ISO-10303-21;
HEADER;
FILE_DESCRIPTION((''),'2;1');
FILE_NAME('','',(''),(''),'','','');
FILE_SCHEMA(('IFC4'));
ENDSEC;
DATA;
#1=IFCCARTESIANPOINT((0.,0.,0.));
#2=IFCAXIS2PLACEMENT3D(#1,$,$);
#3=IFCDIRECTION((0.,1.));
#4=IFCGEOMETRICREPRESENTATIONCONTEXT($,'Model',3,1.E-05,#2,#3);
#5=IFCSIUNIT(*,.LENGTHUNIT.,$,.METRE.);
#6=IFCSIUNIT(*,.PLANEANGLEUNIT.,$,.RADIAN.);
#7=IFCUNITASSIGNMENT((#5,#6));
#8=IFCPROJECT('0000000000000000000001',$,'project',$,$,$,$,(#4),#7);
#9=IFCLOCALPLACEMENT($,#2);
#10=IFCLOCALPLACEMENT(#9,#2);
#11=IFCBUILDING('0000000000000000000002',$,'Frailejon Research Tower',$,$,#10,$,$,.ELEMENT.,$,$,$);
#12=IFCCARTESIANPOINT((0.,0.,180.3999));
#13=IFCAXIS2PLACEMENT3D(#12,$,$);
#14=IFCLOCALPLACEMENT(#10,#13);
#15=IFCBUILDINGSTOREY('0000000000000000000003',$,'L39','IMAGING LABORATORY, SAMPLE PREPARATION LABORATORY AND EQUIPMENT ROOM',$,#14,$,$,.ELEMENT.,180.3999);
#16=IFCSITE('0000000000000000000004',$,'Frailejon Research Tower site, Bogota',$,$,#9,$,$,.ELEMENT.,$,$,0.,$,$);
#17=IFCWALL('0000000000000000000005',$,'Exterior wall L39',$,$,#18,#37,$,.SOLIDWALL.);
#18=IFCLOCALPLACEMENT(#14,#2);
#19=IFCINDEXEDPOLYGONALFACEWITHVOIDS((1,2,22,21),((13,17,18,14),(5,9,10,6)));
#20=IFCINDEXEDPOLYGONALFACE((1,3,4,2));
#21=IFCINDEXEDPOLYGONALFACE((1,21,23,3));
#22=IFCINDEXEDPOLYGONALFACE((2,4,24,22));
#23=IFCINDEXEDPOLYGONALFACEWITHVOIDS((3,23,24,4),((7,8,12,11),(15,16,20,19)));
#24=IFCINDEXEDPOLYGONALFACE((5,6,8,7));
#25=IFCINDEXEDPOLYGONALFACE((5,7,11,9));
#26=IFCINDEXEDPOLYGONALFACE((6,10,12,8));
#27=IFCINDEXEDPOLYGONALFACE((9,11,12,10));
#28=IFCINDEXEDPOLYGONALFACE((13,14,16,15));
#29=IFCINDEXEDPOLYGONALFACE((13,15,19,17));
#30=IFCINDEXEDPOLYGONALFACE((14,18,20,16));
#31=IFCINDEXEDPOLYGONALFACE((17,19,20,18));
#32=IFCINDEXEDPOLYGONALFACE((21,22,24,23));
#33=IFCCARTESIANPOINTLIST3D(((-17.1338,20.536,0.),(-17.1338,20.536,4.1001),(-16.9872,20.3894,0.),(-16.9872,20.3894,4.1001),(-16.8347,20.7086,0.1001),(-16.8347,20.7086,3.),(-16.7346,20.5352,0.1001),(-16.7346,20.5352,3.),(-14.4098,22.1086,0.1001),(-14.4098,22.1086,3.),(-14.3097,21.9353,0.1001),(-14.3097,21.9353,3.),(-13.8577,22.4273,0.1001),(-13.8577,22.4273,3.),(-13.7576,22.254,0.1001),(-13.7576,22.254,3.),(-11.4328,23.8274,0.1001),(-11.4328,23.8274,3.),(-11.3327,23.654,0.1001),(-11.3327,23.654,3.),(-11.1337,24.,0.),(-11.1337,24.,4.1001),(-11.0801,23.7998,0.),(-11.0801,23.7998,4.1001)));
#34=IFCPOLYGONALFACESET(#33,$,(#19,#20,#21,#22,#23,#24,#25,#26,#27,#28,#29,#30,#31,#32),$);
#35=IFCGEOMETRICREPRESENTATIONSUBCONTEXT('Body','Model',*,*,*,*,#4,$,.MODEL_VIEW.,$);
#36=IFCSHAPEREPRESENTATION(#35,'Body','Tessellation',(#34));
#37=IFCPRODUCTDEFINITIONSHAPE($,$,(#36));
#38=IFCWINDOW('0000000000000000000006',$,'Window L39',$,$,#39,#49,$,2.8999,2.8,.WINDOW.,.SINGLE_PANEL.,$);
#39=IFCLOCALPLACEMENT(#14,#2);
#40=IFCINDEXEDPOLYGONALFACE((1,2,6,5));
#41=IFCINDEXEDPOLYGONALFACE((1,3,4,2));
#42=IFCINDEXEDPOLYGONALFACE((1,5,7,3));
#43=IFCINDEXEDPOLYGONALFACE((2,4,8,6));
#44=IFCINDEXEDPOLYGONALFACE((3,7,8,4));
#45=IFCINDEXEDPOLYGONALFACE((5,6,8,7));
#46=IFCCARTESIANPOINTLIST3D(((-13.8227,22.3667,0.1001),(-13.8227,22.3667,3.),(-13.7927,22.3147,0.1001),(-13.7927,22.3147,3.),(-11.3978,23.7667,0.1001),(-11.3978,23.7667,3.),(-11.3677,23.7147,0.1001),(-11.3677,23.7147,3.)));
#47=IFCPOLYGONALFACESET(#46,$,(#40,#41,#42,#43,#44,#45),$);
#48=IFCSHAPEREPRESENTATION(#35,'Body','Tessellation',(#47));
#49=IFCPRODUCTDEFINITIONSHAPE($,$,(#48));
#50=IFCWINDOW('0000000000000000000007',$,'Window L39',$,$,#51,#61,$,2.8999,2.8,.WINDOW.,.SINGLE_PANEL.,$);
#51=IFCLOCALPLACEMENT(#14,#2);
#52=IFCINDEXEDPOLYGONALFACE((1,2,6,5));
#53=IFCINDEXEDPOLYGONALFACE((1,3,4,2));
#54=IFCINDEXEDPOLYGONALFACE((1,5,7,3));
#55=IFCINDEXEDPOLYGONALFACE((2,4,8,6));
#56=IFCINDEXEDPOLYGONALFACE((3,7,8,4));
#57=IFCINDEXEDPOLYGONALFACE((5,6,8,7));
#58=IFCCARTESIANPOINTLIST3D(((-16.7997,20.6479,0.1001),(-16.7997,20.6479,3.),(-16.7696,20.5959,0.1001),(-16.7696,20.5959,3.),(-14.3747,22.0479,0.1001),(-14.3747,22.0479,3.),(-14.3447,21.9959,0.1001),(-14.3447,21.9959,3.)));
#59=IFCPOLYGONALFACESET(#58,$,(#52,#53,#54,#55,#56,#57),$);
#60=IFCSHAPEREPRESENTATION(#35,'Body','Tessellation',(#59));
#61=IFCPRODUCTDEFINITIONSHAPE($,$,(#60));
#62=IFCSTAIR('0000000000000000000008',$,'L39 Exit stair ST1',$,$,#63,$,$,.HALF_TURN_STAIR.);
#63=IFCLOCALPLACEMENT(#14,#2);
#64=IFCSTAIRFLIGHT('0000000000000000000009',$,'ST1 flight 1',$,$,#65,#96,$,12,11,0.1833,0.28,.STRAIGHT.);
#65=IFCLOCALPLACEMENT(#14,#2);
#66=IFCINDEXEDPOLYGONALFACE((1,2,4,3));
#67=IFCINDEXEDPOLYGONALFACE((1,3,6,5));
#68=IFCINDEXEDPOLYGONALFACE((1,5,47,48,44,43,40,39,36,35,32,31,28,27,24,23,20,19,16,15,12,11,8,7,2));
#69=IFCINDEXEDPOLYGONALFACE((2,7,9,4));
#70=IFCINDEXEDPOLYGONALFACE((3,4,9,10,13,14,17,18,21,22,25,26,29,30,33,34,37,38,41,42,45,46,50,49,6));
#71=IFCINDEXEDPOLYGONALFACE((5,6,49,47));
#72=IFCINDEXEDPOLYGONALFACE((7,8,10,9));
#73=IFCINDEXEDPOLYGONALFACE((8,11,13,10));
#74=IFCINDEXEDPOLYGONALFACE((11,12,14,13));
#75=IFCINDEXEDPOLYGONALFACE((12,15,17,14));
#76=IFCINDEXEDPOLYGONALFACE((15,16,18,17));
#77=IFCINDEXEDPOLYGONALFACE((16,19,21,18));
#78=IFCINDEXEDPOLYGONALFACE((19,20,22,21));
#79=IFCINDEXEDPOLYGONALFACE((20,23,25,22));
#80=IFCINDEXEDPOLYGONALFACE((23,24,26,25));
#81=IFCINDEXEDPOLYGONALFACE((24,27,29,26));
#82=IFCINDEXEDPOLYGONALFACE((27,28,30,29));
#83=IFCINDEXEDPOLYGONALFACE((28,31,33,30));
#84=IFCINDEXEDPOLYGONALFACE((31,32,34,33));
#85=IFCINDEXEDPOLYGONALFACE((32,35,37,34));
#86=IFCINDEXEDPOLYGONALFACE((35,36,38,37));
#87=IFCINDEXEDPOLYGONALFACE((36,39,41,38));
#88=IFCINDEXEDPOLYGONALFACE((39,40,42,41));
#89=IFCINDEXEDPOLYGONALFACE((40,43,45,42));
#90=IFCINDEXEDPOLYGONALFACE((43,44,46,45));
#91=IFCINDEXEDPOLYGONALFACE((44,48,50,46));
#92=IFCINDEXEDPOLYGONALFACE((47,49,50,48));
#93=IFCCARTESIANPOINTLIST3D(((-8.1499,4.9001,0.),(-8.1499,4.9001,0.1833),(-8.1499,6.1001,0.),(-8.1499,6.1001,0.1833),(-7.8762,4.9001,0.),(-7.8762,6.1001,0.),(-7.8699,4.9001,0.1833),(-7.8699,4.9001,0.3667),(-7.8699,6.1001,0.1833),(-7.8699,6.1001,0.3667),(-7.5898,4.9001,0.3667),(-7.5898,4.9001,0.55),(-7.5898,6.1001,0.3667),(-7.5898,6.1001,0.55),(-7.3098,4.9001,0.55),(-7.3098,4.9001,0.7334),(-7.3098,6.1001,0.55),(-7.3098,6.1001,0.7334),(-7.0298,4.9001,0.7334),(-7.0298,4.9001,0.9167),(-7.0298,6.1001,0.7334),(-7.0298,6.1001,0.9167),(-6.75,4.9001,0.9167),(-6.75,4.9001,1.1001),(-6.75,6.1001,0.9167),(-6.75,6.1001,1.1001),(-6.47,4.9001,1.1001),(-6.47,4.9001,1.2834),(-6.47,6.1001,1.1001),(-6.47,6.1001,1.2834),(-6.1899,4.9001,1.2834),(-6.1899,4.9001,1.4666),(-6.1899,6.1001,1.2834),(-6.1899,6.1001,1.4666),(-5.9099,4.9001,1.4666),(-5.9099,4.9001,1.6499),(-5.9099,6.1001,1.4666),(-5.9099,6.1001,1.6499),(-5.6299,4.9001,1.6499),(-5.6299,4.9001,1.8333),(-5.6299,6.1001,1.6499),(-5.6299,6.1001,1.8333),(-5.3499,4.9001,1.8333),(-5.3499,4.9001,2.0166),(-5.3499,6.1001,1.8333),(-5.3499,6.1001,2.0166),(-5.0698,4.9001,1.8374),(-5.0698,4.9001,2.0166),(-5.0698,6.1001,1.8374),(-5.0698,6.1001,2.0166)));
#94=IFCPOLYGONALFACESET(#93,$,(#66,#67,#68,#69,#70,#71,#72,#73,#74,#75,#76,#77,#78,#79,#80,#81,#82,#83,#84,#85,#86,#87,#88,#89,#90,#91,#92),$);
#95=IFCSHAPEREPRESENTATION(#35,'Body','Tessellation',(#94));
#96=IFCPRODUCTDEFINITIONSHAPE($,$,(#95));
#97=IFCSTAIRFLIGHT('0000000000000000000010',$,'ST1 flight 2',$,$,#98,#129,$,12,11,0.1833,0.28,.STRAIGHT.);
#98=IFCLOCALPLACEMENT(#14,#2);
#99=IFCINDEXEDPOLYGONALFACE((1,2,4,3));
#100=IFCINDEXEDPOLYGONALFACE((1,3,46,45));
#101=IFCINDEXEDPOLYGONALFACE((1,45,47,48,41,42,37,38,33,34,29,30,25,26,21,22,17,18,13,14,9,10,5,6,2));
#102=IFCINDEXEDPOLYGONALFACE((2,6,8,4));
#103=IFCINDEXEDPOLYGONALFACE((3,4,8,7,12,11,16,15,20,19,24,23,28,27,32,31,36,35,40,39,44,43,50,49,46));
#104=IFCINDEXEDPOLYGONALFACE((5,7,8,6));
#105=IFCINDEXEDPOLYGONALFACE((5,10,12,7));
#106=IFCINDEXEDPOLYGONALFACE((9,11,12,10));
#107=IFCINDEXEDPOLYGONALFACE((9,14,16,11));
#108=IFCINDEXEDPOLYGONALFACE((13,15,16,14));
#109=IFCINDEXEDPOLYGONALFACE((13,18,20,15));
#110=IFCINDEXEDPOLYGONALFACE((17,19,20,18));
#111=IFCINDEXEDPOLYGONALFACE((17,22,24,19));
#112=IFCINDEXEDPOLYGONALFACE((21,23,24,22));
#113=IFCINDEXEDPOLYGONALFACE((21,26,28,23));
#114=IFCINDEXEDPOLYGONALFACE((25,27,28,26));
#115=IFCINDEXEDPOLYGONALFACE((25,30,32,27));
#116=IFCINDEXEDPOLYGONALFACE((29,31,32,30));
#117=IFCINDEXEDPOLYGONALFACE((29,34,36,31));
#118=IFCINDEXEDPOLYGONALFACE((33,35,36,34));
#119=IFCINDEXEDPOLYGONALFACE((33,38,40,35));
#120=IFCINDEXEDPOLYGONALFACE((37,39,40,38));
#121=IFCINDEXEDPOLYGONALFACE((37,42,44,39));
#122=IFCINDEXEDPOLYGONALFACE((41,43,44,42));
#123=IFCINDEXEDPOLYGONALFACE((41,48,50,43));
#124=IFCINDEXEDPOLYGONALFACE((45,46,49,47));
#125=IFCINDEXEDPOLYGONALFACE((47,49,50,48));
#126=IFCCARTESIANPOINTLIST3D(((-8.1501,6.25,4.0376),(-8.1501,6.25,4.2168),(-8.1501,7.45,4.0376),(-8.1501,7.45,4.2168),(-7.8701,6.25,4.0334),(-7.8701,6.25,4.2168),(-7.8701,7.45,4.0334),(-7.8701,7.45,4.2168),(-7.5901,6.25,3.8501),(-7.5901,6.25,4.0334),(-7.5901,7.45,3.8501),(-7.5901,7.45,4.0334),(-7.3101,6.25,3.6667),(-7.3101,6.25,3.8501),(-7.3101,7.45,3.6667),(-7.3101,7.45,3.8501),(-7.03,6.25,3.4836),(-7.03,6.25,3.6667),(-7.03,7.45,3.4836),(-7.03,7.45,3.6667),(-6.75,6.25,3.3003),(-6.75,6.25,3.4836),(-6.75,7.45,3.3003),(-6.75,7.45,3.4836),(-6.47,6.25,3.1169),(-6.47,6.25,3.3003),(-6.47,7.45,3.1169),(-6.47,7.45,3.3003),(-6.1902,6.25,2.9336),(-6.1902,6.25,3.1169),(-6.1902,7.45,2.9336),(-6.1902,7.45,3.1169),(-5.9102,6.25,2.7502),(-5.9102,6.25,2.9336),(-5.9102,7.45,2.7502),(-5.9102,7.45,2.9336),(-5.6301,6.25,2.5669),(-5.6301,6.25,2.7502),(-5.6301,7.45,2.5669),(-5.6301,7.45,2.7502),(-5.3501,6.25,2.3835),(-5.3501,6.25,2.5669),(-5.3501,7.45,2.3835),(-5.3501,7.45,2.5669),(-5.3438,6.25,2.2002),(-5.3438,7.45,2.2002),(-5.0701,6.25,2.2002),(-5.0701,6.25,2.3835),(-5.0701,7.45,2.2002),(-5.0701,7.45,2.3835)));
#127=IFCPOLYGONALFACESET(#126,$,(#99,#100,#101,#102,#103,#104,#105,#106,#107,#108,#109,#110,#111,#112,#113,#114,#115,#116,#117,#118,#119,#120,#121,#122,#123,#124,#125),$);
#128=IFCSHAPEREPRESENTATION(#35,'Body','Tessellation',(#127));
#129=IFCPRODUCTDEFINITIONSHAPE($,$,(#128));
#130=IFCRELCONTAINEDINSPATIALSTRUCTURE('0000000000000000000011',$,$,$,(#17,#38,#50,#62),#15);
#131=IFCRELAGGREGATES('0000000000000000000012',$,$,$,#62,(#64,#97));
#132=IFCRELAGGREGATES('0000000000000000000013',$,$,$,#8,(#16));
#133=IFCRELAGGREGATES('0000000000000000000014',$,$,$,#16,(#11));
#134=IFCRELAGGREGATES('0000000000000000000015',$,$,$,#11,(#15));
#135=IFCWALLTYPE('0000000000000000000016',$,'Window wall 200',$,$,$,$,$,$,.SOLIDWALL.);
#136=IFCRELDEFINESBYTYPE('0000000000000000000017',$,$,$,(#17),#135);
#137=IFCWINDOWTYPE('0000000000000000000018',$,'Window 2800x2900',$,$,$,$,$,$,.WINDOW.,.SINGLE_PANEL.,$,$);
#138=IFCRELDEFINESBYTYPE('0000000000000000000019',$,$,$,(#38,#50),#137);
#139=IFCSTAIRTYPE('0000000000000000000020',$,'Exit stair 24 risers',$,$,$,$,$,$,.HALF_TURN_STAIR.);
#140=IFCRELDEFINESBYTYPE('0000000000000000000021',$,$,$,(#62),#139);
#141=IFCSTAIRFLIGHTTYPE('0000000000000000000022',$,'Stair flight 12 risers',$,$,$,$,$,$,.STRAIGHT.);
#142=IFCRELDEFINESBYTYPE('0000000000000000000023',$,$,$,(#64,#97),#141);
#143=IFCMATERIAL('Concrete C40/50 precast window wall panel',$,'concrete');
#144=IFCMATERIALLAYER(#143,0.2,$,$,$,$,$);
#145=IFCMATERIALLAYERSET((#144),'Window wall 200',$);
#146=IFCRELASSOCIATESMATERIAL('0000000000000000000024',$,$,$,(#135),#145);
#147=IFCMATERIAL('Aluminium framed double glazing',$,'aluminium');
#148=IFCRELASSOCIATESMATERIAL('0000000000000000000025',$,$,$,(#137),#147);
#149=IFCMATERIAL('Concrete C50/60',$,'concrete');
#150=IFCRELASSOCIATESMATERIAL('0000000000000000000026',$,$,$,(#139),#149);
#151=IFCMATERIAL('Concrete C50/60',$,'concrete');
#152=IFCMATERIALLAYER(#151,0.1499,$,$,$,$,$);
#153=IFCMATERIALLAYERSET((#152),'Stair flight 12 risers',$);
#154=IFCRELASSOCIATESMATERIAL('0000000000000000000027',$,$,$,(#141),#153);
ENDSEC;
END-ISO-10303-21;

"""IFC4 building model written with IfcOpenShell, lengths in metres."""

from ifc_helpers import new_model, si_unit, direction, frame, frame_2d, origin, place, context, subcontext, project, spatial, polyline, rectangle, outline, extrude, material, layer, layer_set, type_object, element, fill, aggregate, save


model = new_model("IFC4")

# Units and contexts
model_context = context("Model", 3, precision=1e-05, world=origin(), true_north=direction((0.0, 1.0)))
body_context = subcontext(model_context, "Body", "Model", "MODEL_VIEW")
ifc_project = project(units=[si_unit("LENGTHUNIT", "METRE"), si_unit("PLANEANGLEUNIT", "RADIAN")], contexts=[model_context])

# Site, building, storey
site_placement = place(None, origin())
site = spatial("IfcSite", under=ifc_project, at=site_placement, Name="Frailejon Research Tower site, Bogota", CompositionType="ELEMENT", RefElevation=0.0)
building_placement = place(site_placement, origin())
building = spatial("IfcBuilding", under=site, at=building_placement, Name="Frailejon Research Tower", CompositionType="ELEMENT")
storey_placement = place(building_placement, frame((0.0, 0.0, 180.3999)))
storey = spatial("IfcBuildingStorey", under=building, at=storey_placement, Name="L39", Description="IMAGING LABORATORY, SAMPLE PREPARATION LABORATORY AND EQUIPMENT ROOM", CompositionType="ELEMENT", Elevation=180.3999)

# Wall, openings, windows
ifc_material_1 = material(Name="Concrete C40/50 precast window wall panel", Category="concrete")
ifc_layer_1 = layer(ifc_material_1, 0.2)
ifc_layer_set_1 = layer_set([ifc_layer_1], Name="Window wall 200")
wall_type_1 = type_object("IfcWallType", Name="Window wall 200", PredefinedType="SOLIDWALL", material=ifc_layer_set_1)
wall_1_placement = place(storey_placement, frame((-11.1069, 23.8999, 0.0), z_axis=(0.0, 0.0, 1.0), x_axis=(-0.866029, -0.499993, 0.0)))
wall_1 = element("IfcWall", 1, at=wall_1_placement, inside=storey, type_object=wall_type_1, Name="Exterior wall L39", PredefinedType="SOLIDWALL", context=body_context, shape_type="SweptSolid", body=[
    extrude(outline(polyline([(-0.0269, -0.1001), (1.1279, -0.1001), (2.2825, -0.1001), (3.4373, -0.1001), (4.592, -0.1001), (5.7466, -0.1001), (6.9014, -0.1001), (6.8477, 0.1001), (5.7109, 0.1001), (4.574, 0.1001), (3.4373, 0.1001), (2.3005, 0.1001), (1.1636, 0.1001), (0.0269, 0.1001), (-0.0269, -0.1001)])), origin(), (0.0, 0.0, 1.0), 4.1001),
])
opening_1_placement = place(wall_1_placement, frame((0.3186, 0.0, 0.1001)))
opening_1 = element("IfcOpeningElement", 2, at=opening_1_placement, cuts=wall_1, PredefinedType="OPENING", context=body_context, shape_type="SweptSolid", body=[
    extrude(rectangle(XDim=2.8, YDim=2.8999, at=frame_2d((1.3999, 1.45))), frame((0.0, 0.1099, 0.0), z_axis=(0.0, -1.0, 0.0), x_axis=(1.0, 0.0, 0.0)), (0.0, 0.0, 1.0), 0.22),
])
opening_2_placement = place(wall_1_placement, frame((3.7561, 0.0, 0.1001)))
opening_2 = element("IfcOpeningElement", 3, at=opening_2_placement, cuts=wall_1, PredefinedType="OPENING", context=body_context, shape_type="SweptSolid", body=[
    extrude(rectangle(XDim=2.8, YDim=2.8999, at=frame_2d((1.3999, 1.45))), frame((0.0, 0.1099, 0.0), z_axis=(0.0, -1.0, 0.0), x_axis=(1.0, 0.0, 0.0)), (0.0, 0.0, 1.0), 0.22),
])
ifc_material_2 = material(Name="Aluminium framed double glazing", Category="aluminium")
window_type = type_object("IfcWindowType", Name="Window 2800x2900", PartitioningType="SINGLE_PANEL", PredefinedType="WINDOW", material=ifc_material_2)
window_1_placement = place(opening_1_placement, origin())
window_1 = element("IfcWindow", 4, at=window_1_placement, inside=storey, type_object=window_type, Name="Window L39", OverallHeight=2.8999, OverallWidth=2.8, PartitioningType="SINGLE_PANEL", PredefinedType="WINDOW", context=body_context, shape_type="SweptSolid", body=[
    extrude(rectangle(XDim=2.8, YDim=2.8999, at=frame_2d((1.3999, 1.45))), frame((0.0, 0.03, 0.0), z_axis=(0.0, -1.0, 0.0), x_axis=(1.0, 0.0, 0.0)), (0.0, 0.0, 1.0), 0.0601),
])
fill(opening_1, window_1)
window_2_placement = place(opening_2_placement, origin())
window_2 = element("IfcWindow", 5, at=window_2_placement, inside=storey, type_object=window_type, Name="Window L39", OverallHeight=2.8999, OverallWidth=2.8, PartitioningType="SINGLE_PANEL", PredefinedType="WINDOW", context=body_context, shape_type="SweptSolid", body=[
    extrude(rectangle(XDim=2.8, YDim=2.8999, at=frame_2d((1.3999, 1.45))), frame((0.0, 0.03, 0.0), z_axis=(0.0, -1.0, 0.0), x_axis=(1.0, 0.0, 0.0)), (0.0, 0.0, 1.0), 0.0601),
])
fill(opening_2, window_2)

# Stair, stair flights
ifc_material_3 = material(Name="Concrete C50/60", Category="concrete")
stair_type = type_object("IfcStairType", Name="Exit stair 24 risers", PredefinedType="HALF_TURN_STAIR", material=ifc_material_3)
stair_placement = place(storey_placement, origin())
stair = element("IfcStair", 6, at=stair_placement, inside=storey, type_object=stair_type, Name="L39 Exit stair ST1", PredefinedType="HALF_TURN_STAIR")
ifc_material_4 = material(Name="Concrete C50/60", Category="concrete")
ifc_layer_2 = layer(ifc_material_4, 0.1499)
ifc_layer_set_2 = layer_set([ifc_layer_2], Name="Stair flight 12 risers")
stair_flight_type = type_object("IfcStairFlightType", Name="Stair flight 12 risers", PredefinedType="STRAIGHT", material=ifc_layer_set_2)
stair_flight_1_placement = place(storey_placement, frame((-8.1499, 5.5, 0.0), z_axis=(0.0, 0.0, 1.0), x_axis=(1.0, 0.0, 0.0)))
stair_flight_1 = element("IfcStairFlight", 7, at=stair_flight_1_placement, type_object=stair_flight_type, Name="ST1 flight 1", NumberOfRisers=12, NumberOfTreads=11, PredefinedType="STRAIGHT", RiserHeight=0.1833, TreadLength=0.28, context=body_context, shape_type="SweptSolid", body=[
    extrude(outline(polyline([(0.0, 0.0), (0.0, 0.1833), (0.28, 0.1833), (0.28, 0.3667), (0.5601, 0.3667), (0.5601, 0.55), (0.8401, 0.55), (0.8401, 0.7334), (1.1201, 0.7334), (1.1201, 0.9167), (1.3999, 0.9167), (1.3999, 1.1001), (1.6799, 1.1001), (1.6799, 1.2834), (1.96, 1.2834), (1.96, 1.4666), (2.24, 1.4666), (2.24, 1.6499), (2.52, 1.6499), (2.52, 1.8333), (2.8, 1.8333), (2.8, 2.0166), (3.0801, 2.0166), (3.0801, 2.2), (3.0801, 1.8374), (0.2737, 0.0), (0.0, 0.0)])), frame((0.0, 0.6001, 0.0), z_axis=(0.0, -1.0, 0.0), x_axis=(1.0, 0.0, 0.0)), (0.0, 0.0, 1.0), 1.2),
])
stair_flight_2_placement = place(storey_placement, frame((-5.0701, 6.8501, 2.2002), z_axis=(0.0, 0.0, 1.0), x_axis=(-1.0, 0.0, 0.0)))
stair_flight_2 = element("IfcStairFlight", 8, at=stair_flight_2_placement, type_object=stair_flight_type, Name="ST1 flight 2", NumberOfRisers=12, NumberOfTreads=11, PredefinedType="STRAIGHT", RiserHeight=0.1833, TreadLength=0.28, context=body_context, shape_type="SweptSolid", body=[
    extrude(outline(polyline([(0.0, 0.0), (0.0, 0.1833), (0.28, 0.1833), (0.28, 0.3667), (0.5601, 0.3667), (0.5601, 0.55), (0.8401, 0.55), (0.8401, 0.7334), (1.1201, 0.7334), (1.1201, 0.9167), (1.3999, 0.9167), (1.3999, 1.1001), (1.6799, 1.1001), (1.6799, 1.2834), (1.96, 1.2834), (1.96, 1.4666), (2.24, 1.4666), (2.24, 1.6499), (2.52, 1.6499), (2.52, 1.8333), (2.8, 1.8333), (2.8, 2.0166), (3.0801, 2.0166), (3.0801, 2.2), (3.0801, 1.8374), (0.2737, 0.0), (0.0, 0.0)])), frame((0.0, 0.6001, 0.0), z_axis=(0.0, -1.0, 0.0), x_axis=(1.0, 0.0, 0.0)), (0.0, 0.0, 1.0), 1.2),
])
aggregate(stair, [stair_flight_1, stair_flight_2])

save(model, "model.ifc")
